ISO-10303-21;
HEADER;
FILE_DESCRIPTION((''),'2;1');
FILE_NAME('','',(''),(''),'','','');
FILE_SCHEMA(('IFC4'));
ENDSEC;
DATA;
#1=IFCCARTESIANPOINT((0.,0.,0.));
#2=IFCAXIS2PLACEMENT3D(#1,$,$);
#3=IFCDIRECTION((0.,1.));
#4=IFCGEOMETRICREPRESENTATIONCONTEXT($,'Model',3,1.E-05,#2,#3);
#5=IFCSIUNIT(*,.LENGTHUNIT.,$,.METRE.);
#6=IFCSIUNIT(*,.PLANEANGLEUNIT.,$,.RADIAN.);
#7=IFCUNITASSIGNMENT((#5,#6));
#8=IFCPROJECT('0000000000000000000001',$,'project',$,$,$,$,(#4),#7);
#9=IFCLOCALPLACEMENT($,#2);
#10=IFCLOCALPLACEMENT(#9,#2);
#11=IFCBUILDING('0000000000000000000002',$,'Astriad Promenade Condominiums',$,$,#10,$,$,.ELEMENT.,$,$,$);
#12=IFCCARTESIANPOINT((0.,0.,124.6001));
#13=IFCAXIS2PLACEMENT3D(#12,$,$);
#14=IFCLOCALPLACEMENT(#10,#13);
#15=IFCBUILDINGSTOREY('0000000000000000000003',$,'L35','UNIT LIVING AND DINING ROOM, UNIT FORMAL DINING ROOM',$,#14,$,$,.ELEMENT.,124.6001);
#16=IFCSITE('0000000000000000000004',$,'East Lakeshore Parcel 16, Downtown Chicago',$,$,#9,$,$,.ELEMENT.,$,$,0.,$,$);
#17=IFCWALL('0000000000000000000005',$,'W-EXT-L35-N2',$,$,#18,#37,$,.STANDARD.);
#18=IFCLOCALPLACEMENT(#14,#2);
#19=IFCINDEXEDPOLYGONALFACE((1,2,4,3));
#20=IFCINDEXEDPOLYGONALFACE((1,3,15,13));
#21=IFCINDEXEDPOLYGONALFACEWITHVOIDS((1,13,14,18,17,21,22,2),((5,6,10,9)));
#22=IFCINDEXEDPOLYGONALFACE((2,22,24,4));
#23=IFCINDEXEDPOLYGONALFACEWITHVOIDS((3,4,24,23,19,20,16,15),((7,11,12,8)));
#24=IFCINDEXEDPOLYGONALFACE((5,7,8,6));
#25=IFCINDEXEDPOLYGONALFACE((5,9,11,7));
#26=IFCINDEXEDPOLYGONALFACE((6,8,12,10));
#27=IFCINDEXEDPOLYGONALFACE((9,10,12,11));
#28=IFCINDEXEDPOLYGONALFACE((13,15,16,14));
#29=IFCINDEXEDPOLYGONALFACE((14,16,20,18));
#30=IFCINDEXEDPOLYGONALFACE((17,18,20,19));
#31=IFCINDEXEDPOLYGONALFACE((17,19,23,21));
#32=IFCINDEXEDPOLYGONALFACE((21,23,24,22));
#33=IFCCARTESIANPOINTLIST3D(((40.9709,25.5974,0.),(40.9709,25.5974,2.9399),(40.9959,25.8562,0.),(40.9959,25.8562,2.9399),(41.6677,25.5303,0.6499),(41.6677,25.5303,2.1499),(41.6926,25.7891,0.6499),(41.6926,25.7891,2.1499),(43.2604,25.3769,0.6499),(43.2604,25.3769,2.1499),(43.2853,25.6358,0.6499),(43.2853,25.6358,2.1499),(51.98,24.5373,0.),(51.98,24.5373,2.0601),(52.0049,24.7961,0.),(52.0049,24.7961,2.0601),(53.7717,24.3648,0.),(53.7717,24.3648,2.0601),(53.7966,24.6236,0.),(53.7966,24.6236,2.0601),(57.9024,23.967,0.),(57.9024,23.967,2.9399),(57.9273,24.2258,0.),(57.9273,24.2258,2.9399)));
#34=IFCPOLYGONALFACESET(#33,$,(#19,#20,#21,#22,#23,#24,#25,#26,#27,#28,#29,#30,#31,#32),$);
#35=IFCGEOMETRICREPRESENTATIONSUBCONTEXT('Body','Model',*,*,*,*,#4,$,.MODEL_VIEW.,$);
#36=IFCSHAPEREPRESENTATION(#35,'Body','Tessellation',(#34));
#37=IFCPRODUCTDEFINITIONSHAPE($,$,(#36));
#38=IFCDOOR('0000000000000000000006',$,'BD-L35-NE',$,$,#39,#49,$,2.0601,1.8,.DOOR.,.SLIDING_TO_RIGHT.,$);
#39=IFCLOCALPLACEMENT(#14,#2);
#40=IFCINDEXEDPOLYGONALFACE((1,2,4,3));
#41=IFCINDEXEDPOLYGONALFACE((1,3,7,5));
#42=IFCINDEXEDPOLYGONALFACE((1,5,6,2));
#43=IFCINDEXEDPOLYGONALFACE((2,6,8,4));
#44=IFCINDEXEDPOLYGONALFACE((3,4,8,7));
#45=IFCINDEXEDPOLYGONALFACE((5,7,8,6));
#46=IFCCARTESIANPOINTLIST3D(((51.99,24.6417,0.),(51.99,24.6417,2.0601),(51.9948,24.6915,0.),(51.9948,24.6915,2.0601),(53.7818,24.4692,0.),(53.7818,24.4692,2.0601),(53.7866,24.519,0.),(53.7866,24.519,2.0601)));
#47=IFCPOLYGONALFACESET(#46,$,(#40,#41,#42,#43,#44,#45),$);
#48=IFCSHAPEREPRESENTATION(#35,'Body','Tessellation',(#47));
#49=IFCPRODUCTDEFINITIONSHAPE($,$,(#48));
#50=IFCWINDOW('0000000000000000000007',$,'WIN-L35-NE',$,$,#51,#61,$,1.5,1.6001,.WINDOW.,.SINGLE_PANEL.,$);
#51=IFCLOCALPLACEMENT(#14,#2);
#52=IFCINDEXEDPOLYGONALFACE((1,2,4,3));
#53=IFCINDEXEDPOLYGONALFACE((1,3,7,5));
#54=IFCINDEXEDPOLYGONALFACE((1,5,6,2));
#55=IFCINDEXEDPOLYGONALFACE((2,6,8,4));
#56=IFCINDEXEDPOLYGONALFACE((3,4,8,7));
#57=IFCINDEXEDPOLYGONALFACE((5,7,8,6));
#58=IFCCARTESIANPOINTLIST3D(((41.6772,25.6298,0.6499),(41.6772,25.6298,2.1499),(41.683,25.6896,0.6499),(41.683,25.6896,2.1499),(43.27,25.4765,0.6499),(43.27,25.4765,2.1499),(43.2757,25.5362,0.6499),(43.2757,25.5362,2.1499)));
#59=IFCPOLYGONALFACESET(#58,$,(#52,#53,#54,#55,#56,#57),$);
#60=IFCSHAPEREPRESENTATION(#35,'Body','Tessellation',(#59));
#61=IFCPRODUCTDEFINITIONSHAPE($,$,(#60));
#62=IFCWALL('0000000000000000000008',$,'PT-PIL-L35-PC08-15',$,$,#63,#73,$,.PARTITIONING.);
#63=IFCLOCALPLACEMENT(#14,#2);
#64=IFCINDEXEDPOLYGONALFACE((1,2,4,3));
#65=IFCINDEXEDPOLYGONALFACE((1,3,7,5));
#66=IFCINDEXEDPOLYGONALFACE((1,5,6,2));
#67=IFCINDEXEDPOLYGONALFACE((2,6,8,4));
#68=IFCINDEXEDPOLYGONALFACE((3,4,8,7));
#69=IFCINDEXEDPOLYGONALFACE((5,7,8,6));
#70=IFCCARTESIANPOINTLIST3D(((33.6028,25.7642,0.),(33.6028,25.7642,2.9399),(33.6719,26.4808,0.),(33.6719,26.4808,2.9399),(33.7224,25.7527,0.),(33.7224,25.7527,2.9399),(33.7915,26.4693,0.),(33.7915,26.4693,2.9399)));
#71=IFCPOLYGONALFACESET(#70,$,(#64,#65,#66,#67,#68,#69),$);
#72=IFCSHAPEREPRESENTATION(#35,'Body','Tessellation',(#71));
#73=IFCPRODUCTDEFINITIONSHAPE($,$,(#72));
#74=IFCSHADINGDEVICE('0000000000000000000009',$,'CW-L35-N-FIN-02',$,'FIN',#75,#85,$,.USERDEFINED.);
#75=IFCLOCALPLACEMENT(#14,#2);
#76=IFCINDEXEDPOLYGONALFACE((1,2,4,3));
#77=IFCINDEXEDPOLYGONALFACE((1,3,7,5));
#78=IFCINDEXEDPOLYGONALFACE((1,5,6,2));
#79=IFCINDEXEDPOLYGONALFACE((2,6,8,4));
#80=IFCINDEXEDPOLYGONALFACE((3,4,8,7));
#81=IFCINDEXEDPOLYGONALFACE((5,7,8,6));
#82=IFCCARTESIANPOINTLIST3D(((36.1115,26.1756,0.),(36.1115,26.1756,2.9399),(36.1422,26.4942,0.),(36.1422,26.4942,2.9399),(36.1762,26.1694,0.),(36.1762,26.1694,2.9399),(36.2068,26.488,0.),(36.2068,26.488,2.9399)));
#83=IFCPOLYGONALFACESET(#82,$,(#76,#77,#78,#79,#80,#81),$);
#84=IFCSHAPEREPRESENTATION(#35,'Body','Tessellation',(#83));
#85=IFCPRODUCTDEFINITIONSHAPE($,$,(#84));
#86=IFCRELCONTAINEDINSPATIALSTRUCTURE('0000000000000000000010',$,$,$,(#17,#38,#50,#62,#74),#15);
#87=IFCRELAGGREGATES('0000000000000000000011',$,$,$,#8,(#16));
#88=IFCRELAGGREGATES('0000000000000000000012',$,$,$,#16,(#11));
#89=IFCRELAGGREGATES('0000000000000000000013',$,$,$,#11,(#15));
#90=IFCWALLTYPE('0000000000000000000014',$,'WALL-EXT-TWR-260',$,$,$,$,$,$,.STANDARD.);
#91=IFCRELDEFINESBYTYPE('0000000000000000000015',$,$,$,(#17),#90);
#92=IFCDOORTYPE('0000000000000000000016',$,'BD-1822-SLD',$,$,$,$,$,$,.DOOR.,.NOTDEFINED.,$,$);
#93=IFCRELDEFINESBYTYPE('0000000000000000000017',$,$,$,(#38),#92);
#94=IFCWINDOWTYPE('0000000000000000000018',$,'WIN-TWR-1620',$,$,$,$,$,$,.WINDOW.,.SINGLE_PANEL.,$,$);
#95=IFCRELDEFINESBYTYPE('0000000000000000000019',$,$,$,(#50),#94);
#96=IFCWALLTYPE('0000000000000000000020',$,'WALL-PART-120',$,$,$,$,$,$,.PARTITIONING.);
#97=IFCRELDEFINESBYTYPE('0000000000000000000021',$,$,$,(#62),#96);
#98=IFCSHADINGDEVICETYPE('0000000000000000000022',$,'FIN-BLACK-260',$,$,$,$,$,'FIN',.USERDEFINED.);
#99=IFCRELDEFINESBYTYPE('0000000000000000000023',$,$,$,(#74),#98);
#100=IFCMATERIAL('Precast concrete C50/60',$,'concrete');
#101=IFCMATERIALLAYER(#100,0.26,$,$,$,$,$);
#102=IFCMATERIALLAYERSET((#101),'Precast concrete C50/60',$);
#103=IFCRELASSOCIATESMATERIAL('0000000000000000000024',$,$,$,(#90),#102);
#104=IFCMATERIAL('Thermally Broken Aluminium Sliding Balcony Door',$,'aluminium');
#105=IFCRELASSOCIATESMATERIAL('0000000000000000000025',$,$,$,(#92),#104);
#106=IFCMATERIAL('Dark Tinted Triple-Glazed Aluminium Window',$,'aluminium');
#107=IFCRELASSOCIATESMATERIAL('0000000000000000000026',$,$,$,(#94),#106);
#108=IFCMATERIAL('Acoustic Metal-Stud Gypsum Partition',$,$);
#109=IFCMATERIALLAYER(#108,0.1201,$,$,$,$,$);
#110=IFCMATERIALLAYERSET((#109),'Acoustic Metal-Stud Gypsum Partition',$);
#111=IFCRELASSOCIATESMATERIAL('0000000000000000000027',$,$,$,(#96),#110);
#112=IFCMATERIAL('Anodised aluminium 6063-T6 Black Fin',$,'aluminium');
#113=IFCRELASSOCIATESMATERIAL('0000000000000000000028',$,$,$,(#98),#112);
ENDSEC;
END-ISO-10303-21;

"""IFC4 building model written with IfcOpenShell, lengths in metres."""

from ifc_helpers import new_model, si_unit, direction, frame, frame_2d, origin, origin_2d, place, context, subcontext, project, spatial, rectangle, extrude, source, transform, mapped, material, layer, layer_set, type_object, type_shapes, element, fill, save


model = new_model("IFC4")

# Units and contexts
model_context = context("Model", 3, precision=1e-05, world=origin(), true_north=direction((0.0, 1.0)))
body_context = subcontext(model_context, "Body", "Model", "MODEL_VIEW")
ifc_project = project(units=[si_unit("LENGTHUNIT", "METRE"), si_unit("PLANEANGLEUNIT", "RADIAN")], contexts=[model_context])

# Site, building, storey
site_placement = place(None, origin())
site = spatial("IfcSite", under=ifc_project, at=site_placement, Name="East Lakeshore Parcel 16, Downtown Chicago", CompositionType="ELEMENT", RefElevation=0.0)
building_placement = place(site_placement, origin())
building = spatial("IfcBuilding", under=site, at=building_placement, Name="Astriad Promenade Condominiums", CompositionType="ELEMENT")
storey_placement = place(building_placement, frame((0.0, 0.0, 124.6001)))
storey = spatial("IfcBuildingStorey", under=building, at=storey_placement, Name="L35", Description="UNIT LIVING AND DINING ROOM, UNIT FORMAL DINING ROOM", CompositionType="ELEMENT", Elevation=124.6001)

# Wall, openings, door, window
ifc_material_1 = material(Name="Precast concrete C50/60", Category="concrete")
ifc_layer_1 = layer(ifc_material_1, 0.26)
ifc_layer_set_1 = layer_set([ifc_layer_1], Name="Precast concrete C50/60")
wall_type_1 = type_object("IfcWallType", Name="WALL-EXT-TWR-260", PredefinedType="STANDARD", material=ifc_layer_set_1)
wall_1_placement = place(storey_placement, frame((40.9834, 25.7268, 0.0), z_axis=(0.0, 0.0, 1.0), x_axis=(0.995396, -0.095849, 0.0)))
wall_1 = element("IfcWall", 1, at=wall_1_placement, inside=storey, type_object=wall_type_1, Name="W-EXT-L35-N2", PredefinedType="STANDARD", context=body_context, shape_type="SweptSolid", body=[
    extrude(rectangle(XDim=17.0098, YDim=0.26, at=frame_2d((8.5049, 0.0))), origin(), (0.0, 0.0, 1.0), 2.9399),
])
opening_1_placement = place(wall_1_placement, frame((11.0601, 0.0, 0.0)))
opening_1 = element("IfcOpeningElement", 2, at=opening_1_placement, cuts=wall_1, PredefinedType="OPENING", context=body_context, shape_type="SweptSolid", body=[
    extrude(rectangle(XDim=1.8, YDim=2.0601, at=frame_2d((0.8999, 1.03))), frame((0.0, 0.1399, 0.0), z_axis=(0.0, -1.0, 0.0), x_axis=(1.0, 0.0, 0.0)), (0.0, 0.0, 1.0), 0.28),
])
opening_2_placement = place(wall_1_placement, frame((0.7, 0.0, 0.6499)))
opening_2 = element("IfcOpeningElement", 3, at=opening_2_placement, cuts=wall_1, PredefinedType="OPENING", context=body_context, shape_type="SweptSolid", body=[
    extrude(rectangle(XDim=1.6001, YDim=1.5, at=frame_2d((0.8, 0.75))), frame((0.0, 0.1399, 0.0), z_axis=(0.0, -1.0, 0.0), x_axis=(1.0, 0.0, 0.0)), (0.0, 0.0, 1.0), 0.28),
])
ifc_material_2 = material(Name="Thermally Broken Aluminium Sliding Balcony Door", Category="aluminium")
door_type = type_object("IfcDoorType", Name="BD-1822-SLD", OperationType="NOTDEFINED", PredefinedType="DOOR", material=ifc_material_2)
shared_shape_1 = source(origin(), body_context, "Body", "SweptSolid", [
    extrude(rectangle(XDim=1.8, YDim=2.0601, at=frame_2d((0.8999, 1.03))), frame((0.0, 0.0249, 0.0), z_axis=(0.0, -1.0, 0.0), x_axis=(1.0, 0.0, 0.0)), (0.0, 0.0, 1.0), 0.05),
])
type_shapes(door_type, [shared_shape_1])
door_placement = place(opening_1_placement, origin())
door = element("IfcDoor", 4, at=door_placement, inside=storey, type_object=door_type, Name="BD-L35-NE", OperationType="SLIDING_TO_RIGHT", OverallHeight=2.0601, OverallWidth=1.8, PredefinedType="DOOR", context=body_context, shape_type="MappedRepresentation", body=[
    mapped(shared_shape_1, transform((0.0, 0.0, 0.0), scale=1.0)),
])
fill(opening_1, door)
ifc_material_3 = material(Name="Dark Tinted Triple-Glazed Aluminium Window", Category="aluminium")
window_type = type_object("IfcWindowType", Name="WIN-TWR-1620", PartitioningType="SINGLE_PANEL", PredefinedType="WINDOW", material=ifc_material_3)
shared_shape_2 = source(origin(), body_context, "Body", "SweptSolid", [
    extrude(rectangle(XDim=1.6001, YDim=1.5, at=frame_2d((0.8, 0.75))), frame((0.0, 0.03, 0.0), z_axis=(0.0, -1.0, 0.0), x_axis=(1.0, 0.0, 0.0)), (0.0, 0.0, 1.0), 0.0601),
])
type_shapes(window_type, [shared_shape_2])
window_placement = place(opening_2_placement, origin())
window = element("IfcWindow", 5, at=window_placement, inside=storey, type_object=window_type, Name="WIN-L35-NE", OverallHeight=1.5, OverallWidth=1.6001, PartitioningType="SINGLE_PANEL", PredefinedType="WINDOW", context=body_context, shape_type="MappedRepresentation", body=[
    mapped(shared_shape_2, transform((0.0, 0.0, 0.0), scale=1.0)),
])
fill(opening_2, window)

# Wall
ifc_material_4 = material(Name="Acoustic Metal-Stud Gypsum Partition")
ifc_layer_2 = layer(ifc_material_4, 0.1201)
ifc_layer_set_2 = layer_set([ifc_layer_2], Name="Acoustic Metal-Stud Gypsum Partition")
wall_type_2 = type_object("IfcWallType", Name="WALL-PART-120", PredefinedType="PARTITIONING", material=ifc_layer_set_2)
wall_2_placement = place(storey_placement, frame((33.6626, 25.7585, 0.0), z_axis=(0.0, 0.0, 1.0), x_axis=(0.095977, 0.995384, 0.0)))
element("IfcWall", 6, at=wall_2_placement, inside=storey, type_object=wall_type_2, Name="PT-PIL-L35-PC08-15", PredefinedType="PARTITIONING", context=body_context, shape_type="SweptSolid", body=[
    extrude(rectangle(XDim=0.72, YDim=0.1201, at=frame_2d((0.3599, 0.0))), origin(), (0.0, 0.0, 1.0), 2.9399),
])

# Shading device
ifc_material_5 = material(Name="Anodised aluminium 6063-T6 Black Fin", Category="aluminium")
shading_device_type = type_object("IfcShadingDeviceType", Name="FIN-BLACK-260", ElementType="FIN", PredefinedType="USERDEFINED", material=ifc_material_5)
shared_shape_3 = source(origin(), body_context, "Body", "SweptSolid", [
    extrude(rectangle(XDim=0.0649, YDim=0.3201, at=origin_2d()), origin(), (0.0, 0.0, 1.0), 2.9399),
])
type_shapes(shading_device_type, [shared_shape_3])
shading_device_placement = place(storey_placement, frame((36.1592, 26.3318, 0.0), z_axis=(0.0, 0.0, 1.0), x_axis=(0.995396, -0.095846, 0.0)))
element("IfcShadingDevice", 7, at=shading_device_placement, inside=storey, type_object=shading_device_type, Name="CW-L35-N-FIN-02", ObjectType="FIN", PredefinedType="USERDEFINED", context=body_context, shape_type="MappedRepresentation", body=[
    mapped(shared_shape_3, transform((0.0, 0.0, 0.0), scale=1.0)),
])

save(model, "model.ifc")
